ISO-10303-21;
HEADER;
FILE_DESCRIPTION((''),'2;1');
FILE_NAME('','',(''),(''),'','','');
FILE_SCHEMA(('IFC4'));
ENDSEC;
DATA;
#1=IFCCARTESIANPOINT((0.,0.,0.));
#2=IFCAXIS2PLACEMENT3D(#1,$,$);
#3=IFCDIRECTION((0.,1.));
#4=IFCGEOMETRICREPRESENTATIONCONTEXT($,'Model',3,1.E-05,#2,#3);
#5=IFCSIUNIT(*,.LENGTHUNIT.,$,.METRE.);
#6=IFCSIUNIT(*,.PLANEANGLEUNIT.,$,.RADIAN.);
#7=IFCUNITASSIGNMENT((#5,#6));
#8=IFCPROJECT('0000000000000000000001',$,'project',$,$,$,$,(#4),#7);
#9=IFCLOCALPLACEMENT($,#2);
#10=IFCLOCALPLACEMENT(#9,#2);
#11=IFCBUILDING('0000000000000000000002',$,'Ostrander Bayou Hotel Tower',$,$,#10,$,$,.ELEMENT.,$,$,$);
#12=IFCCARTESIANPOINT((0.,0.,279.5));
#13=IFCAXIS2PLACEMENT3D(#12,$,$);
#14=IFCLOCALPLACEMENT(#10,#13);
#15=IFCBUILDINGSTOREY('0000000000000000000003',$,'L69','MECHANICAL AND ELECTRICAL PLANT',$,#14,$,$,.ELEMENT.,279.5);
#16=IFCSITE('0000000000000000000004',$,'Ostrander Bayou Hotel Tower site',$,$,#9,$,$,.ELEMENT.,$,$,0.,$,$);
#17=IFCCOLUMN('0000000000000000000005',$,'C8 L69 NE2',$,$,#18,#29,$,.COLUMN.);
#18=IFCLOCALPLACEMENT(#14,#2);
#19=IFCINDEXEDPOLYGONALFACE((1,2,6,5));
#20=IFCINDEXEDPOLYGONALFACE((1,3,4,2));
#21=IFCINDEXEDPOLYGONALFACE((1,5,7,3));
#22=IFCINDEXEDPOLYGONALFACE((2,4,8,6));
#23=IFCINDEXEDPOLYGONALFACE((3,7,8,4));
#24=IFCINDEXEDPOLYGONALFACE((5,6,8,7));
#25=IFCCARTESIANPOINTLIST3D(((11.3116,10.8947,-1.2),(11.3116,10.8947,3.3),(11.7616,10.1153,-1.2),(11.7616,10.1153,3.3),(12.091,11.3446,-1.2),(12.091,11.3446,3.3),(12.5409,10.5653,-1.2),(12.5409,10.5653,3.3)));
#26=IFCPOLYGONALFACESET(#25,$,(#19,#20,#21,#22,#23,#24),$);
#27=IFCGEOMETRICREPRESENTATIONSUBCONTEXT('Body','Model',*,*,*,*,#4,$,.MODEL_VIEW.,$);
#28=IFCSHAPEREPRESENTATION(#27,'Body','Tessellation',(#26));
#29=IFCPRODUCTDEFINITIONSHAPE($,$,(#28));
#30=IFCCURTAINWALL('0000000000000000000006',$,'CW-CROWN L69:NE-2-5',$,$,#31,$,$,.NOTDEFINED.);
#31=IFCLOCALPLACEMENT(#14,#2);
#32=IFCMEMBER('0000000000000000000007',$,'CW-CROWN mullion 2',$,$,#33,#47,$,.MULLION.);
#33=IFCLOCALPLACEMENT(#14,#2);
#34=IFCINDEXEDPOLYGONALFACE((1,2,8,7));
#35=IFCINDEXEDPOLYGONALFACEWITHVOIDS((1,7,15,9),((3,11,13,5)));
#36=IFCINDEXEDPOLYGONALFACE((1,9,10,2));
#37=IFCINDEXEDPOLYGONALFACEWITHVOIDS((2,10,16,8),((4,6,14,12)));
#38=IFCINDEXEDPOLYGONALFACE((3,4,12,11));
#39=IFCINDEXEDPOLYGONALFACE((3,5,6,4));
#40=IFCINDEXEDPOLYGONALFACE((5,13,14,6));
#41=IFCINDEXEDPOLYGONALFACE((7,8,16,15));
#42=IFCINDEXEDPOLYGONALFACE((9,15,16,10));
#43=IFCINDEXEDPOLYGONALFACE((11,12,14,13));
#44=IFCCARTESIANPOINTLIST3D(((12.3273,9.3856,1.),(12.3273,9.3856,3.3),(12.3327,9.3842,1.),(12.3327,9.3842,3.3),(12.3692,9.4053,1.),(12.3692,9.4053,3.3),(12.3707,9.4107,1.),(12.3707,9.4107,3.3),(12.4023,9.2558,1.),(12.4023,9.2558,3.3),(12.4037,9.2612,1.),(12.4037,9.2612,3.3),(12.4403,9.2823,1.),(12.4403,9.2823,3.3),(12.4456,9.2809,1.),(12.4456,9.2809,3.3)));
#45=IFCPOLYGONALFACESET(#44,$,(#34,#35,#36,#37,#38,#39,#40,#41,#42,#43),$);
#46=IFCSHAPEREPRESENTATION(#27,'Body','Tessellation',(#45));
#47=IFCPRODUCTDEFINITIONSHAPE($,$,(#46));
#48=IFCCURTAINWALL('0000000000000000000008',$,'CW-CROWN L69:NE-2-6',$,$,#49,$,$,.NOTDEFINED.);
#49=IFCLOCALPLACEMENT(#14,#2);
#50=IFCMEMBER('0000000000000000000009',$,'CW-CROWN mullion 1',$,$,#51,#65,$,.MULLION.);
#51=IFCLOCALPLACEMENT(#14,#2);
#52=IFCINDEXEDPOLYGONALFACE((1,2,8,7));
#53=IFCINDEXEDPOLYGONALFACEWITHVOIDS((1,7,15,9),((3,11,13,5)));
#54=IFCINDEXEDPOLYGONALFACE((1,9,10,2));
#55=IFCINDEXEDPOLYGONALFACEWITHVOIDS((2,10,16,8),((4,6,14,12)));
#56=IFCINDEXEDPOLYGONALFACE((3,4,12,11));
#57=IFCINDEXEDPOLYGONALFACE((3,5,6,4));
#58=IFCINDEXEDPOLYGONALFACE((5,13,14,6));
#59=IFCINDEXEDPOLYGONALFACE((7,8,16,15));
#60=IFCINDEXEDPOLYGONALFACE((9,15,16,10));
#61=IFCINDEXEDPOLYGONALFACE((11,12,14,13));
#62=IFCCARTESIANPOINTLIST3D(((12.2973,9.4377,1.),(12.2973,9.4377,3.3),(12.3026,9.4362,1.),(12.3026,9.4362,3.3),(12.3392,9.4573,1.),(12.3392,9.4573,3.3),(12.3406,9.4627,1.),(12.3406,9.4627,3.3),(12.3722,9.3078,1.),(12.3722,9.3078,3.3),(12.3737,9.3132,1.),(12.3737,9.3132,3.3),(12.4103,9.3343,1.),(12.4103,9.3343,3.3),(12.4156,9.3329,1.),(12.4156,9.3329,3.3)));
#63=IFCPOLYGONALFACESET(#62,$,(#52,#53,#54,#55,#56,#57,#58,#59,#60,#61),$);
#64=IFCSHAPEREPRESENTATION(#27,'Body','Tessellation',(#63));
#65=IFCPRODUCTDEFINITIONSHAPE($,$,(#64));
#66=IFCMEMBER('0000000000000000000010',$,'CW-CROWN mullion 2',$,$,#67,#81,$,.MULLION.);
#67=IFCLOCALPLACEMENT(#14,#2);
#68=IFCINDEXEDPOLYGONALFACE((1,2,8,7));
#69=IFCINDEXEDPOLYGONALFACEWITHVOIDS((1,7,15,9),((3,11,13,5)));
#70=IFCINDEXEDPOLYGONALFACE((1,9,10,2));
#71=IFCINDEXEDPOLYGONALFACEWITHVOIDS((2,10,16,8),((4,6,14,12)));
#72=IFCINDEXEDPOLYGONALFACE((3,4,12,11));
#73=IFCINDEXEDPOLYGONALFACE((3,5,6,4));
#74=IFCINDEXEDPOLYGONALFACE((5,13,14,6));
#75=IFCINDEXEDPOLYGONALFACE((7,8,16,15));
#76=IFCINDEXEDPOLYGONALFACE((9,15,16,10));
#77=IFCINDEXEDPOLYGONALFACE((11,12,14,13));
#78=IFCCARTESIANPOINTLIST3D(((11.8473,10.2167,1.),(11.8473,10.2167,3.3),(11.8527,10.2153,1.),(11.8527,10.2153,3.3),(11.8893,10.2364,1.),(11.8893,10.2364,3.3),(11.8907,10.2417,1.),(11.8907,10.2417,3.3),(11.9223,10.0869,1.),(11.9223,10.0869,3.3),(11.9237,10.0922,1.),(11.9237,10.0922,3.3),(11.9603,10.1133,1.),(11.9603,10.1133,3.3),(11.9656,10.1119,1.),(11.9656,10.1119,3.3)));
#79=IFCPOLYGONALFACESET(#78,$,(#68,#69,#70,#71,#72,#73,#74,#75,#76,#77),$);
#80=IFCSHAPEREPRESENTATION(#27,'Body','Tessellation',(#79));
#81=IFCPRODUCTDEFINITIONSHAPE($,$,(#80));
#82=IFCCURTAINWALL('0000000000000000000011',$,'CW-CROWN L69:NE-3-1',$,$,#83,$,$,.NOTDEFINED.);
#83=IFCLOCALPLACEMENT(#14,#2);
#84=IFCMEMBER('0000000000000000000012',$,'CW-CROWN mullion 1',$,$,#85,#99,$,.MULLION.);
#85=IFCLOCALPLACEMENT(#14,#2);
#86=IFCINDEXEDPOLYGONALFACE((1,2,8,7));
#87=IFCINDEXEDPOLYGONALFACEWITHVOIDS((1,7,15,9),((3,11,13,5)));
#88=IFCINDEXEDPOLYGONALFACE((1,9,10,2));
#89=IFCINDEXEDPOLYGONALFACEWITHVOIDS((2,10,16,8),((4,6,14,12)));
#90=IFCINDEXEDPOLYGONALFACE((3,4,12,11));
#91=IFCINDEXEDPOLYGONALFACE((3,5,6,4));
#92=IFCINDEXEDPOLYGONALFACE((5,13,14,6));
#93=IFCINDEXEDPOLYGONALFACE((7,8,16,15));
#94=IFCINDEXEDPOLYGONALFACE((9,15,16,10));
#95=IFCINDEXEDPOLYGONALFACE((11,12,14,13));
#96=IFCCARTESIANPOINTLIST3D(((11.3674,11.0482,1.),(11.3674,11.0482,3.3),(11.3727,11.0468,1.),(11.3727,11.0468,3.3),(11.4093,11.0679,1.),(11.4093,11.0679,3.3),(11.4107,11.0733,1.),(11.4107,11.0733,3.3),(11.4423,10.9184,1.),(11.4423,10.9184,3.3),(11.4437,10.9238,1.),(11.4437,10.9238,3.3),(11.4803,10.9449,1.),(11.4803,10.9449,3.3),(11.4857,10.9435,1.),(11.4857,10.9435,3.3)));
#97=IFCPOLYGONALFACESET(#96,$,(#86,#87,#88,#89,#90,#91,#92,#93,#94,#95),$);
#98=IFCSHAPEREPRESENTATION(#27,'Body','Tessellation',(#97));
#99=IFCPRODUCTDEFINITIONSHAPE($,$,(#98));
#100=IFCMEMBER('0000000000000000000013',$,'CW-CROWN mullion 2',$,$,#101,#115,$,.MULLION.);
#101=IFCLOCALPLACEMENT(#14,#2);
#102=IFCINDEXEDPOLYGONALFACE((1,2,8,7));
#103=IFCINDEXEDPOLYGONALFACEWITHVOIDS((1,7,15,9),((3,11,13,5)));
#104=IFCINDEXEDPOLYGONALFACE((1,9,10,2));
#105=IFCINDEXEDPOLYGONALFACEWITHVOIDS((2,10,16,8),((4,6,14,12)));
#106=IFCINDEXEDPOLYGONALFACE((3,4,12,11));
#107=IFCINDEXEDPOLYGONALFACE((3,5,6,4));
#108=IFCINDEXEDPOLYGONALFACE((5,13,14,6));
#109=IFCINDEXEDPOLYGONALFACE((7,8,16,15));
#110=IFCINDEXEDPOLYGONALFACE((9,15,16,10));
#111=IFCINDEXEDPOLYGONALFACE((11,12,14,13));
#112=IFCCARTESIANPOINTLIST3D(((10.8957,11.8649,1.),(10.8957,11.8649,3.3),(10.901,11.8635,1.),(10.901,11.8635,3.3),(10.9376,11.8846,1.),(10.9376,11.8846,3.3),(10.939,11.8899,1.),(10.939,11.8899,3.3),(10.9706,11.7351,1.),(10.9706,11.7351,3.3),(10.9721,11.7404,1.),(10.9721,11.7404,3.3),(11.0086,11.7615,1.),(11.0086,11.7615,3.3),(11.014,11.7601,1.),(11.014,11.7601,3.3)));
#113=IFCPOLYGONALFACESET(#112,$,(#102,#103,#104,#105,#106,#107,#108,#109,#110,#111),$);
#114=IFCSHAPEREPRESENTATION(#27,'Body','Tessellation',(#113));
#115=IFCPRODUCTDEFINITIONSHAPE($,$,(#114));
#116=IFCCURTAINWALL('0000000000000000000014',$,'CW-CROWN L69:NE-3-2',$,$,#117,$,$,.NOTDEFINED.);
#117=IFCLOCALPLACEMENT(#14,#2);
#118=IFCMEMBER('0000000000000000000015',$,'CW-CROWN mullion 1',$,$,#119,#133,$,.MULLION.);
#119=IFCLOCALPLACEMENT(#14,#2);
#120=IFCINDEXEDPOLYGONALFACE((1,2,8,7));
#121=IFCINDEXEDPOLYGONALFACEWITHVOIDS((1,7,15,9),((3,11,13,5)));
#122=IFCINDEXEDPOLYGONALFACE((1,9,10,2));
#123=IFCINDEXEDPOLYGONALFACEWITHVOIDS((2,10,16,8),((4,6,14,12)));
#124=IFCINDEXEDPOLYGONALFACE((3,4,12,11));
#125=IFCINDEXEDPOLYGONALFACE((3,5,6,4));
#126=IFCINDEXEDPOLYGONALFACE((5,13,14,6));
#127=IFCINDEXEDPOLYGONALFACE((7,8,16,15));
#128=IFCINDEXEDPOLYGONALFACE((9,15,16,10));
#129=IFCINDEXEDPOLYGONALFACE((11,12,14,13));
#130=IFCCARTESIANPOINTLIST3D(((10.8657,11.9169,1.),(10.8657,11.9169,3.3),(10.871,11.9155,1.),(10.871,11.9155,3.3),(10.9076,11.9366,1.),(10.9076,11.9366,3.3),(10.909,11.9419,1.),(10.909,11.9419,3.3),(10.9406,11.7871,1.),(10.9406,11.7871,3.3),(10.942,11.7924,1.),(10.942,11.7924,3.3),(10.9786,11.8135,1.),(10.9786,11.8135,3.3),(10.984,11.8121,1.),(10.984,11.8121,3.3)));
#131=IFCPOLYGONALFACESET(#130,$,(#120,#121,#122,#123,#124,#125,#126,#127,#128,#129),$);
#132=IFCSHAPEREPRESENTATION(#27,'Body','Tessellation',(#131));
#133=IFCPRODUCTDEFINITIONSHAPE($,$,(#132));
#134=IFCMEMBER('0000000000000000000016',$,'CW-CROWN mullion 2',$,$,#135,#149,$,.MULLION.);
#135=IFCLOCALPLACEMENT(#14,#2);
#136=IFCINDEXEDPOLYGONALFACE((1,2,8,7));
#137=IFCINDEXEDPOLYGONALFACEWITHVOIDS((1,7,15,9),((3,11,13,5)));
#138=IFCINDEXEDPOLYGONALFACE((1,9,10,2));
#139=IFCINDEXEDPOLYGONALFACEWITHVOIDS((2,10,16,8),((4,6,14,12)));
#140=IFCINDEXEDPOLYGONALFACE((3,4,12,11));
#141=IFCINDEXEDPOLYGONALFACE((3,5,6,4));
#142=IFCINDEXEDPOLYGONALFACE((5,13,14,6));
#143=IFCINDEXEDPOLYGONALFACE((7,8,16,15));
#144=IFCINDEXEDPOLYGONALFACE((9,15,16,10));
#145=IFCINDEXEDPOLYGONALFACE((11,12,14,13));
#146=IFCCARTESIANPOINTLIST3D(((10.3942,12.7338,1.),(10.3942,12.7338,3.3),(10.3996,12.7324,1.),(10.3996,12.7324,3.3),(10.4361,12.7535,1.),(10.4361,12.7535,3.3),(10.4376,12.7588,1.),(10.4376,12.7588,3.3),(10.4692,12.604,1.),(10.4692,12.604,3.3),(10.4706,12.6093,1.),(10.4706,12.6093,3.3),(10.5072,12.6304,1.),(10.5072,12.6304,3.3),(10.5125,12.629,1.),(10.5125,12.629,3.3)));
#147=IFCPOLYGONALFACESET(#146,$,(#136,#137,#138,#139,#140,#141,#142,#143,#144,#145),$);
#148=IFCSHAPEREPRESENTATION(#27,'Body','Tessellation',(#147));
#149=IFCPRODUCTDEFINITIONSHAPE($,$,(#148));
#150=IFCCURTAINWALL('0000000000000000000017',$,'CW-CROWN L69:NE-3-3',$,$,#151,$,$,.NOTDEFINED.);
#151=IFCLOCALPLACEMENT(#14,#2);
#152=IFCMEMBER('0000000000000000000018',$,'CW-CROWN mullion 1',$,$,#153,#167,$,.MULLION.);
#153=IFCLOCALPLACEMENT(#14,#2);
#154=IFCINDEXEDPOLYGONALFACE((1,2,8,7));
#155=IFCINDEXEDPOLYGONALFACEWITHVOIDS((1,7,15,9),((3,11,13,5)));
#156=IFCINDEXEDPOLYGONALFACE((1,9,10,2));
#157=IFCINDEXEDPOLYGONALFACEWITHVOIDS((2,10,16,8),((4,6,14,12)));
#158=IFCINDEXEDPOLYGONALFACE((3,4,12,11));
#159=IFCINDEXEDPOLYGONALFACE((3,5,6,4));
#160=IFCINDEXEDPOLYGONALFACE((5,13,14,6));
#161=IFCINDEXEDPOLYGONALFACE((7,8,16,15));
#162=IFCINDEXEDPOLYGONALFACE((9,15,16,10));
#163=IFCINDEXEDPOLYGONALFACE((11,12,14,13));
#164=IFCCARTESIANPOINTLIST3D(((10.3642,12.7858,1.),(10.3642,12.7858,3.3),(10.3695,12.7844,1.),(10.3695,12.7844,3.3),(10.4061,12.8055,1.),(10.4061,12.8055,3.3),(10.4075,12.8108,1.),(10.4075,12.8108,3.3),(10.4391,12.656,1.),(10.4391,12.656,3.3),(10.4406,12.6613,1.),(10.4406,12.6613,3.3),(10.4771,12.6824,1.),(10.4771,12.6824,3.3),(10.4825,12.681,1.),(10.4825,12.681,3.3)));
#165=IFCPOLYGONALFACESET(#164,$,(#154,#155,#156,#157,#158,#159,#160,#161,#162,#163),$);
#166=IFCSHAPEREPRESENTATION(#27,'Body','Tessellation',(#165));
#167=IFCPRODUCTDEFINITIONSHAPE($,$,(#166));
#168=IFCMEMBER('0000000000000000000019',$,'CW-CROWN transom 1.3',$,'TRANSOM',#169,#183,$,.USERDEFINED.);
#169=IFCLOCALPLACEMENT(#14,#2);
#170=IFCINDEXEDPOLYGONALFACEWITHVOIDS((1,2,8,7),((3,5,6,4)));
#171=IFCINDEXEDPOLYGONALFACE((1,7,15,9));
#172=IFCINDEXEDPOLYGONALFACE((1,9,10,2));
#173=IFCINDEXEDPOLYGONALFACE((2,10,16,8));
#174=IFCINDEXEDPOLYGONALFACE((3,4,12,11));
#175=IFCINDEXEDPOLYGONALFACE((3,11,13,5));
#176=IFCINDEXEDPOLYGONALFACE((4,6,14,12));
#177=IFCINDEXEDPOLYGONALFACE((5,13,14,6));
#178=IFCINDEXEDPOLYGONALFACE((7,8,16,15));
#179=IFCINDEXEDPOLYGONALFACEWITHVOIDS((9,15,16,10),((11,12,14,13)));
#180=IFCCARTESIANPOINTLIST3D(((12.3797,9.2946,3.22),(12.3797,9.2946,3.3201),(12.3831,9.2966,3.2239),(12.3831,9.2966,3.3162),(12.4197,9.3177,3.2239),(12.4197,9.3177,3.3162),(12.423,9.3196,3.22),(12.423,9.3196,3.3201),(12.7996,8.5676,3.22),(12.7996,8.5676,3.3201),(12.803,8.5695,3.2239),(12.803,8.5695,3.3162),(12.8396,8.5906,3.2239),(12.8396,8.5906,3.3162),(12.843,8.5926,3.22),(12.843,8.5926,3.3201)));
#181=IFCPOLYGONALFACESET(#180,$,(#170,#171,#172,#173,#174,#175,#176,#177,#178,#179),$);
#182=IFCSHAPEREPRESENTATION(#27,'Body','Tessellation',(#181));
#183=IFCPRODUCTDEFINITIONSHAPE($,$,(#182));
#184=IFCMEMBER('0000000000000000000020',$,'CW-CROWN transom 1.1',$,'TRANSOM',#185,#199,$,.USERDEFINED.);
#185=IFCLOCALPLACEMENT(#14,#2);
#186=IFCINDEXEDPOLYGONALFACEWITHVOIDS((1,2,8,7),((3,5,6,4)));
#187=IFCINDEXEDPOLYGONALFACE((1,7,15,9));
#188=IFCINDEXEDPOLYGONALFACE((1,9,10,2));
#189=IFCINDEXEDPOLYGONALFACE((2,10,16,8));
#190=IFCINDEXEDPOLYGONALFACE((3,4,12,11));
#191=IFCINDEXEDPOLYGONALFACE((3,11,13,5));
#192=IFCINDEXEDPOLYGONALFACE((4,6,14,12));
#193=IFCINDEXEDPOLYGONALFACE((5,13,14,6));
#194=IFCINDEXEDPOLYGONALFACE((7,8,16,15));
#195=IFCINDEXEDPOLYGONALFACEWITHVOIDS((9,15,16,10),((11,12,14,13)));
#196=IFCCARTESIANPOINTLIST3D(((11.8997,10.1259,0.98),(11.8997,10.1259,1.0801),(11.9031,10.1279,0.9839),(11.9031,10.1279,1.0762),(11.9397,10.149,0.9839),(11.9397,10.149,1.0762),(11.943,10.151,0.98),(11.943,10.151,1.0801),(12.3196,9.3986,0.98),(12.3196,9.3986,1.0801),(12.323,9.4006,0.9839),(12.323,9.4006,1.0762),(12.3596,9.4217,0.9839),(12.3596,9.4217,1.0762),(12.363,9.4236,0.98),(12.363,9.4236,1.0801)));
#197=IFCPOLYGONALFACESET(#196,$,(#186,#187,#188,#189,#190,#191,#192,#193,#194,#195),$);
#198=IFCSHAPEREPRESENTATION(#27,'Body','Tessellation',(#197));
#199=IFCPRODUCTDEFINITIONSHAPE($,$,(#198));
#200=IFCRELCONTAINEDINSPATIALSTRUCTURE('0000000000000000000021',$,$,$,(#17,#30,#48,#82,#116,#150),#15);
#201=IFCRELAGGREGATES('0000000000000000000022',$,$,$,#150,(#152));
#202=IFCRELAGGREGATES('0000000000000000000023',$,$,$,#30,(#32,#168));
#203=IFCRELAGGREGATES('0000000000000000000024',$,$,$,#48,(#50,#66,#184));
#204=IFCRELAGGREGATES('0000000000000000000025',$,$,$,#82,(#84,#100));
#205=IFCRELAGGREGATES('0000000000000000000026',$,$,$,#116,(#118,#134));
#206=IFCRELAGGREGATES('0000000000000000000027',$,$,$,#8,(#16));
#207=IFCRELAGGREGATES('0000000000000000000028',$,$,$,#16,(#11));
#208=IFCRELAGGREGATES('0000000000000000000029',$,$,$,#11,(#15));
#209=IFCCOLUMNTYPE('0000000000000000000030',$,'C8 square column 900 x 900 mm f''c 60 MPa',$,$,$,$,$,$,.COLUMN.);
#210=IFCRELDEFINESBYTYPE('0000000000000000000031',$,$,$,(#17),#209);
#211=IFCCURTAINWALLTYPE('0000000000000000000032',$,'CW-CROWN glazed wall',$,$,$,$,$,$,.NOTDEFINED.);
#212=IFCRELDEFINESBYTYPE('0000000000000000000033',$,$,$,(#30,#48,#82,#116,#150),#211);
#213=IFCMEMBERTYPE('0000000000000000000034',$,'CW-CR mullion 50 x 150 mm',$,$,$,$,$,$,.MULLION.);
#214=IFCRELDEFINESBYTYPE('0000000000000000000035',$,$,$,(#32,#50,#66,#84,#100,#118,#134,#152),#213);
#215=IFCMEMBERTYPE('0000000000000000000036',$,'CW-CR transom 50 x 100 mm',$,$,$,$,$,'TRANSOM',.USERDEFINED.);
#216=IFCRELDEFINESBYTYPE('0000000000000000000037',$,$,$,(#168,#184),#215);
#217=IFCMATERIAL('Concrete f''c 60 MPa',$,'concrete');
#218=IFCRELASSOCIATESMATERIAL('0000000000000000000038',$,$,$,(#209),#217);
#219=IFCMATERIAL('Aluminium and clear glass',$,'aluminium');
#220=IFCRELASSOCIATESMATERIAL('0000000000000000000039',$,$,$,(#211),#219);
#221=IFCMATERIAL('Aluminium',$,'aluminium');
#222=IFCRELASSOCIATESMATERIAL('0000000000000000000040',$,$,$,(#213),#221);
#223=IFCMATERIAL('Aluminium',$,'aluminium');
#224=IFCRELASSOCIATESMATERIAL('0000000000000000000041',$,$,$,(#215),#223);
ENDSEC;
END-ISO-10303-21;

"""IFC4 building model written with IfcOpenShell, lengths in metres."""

from ifc_helpers import new_model, si_unit, direction, frame, origin, origin_2d, place, context, subcontext, project, spatial, rectangle, hollow_rectangle, extrude, material, material_profile, profile_set, type_object, element, aggregate, save


model = new_model("IFC4")

# Units and contexts
model_context = context("Model", 3, precision=1e-05, world=origin(), true_north=direction((0.0, 1.0)))
body_context = subcontext(model_context, "Body", "Model", "MODEL_VIEW")
ifc_project = project(units=[si_unit("LENGTHUNIT", "METRE"), si_unit("PLANEANGLEUNIT", "RADIAN")], contexts=[model_context])

# Site, building, storey
site_placement = place(None, origin())
site = spatial("IfcSite", under=ifc_project, at=site_placement, Name="Ostrander Bayou Hotel Tower site", CompositionType="ELEMENT", RefElevation=0.0)
building_placement = place(site_placement, origin())
building = spatial("IfcBuilding", under=site, at=building_placement, Name="Ostrander Bayou Hotel Tower", CompositionType="ELEMENT")
storey_placement = place(building_placement, frame((0.0, 0.0, 279.5)))
storey = spatial("IfcBuildingStorey", under=building, at=storey_placement, Name="L69", Description="MECHANICAL AND ELECTRICAL PLANT", CompositionType="ELEMENT", Elevation=279.5)

# Column
ifc_material_1 = material(Name="Concrete f'c 60 MPa", Category="concrete")
ifc_material_profile_1 = material_profile(ifc_material_1, rectangle(XDim=0.8999, YDim=0.8999, at=origin_2d()))
ifc_profile_set_1 = profile_set([ifc_material_profile_1], Name="Concrete f'c 60 MPa")
column_type = type_object("IfcColumnType", Name="C8 square column 900 x 900 mm f'c 60 MPa", PredefinedType="COLUMN", material=ifc_profile_set_1)
column_placement = place(storey_placement, frame((11.9263, 10.73, -1.2), z_axis=(0.0, 0.0, 1.0), x_axis=(0.5, -0.866025, 0.0)))
element("IfcColumn", 1, at=column_placement, inside=storey, type_object=column_type, Name="C8 L69 NE2", PredefinedType="COLUMN", context=body_context, shape_type="SweptSolid", body=[
    extrude(rectangle(XDim=0.8999, YDim=0.8999, at=origin_2d()), origin(), (0.0, 0.0, 1.0), 4.5),
])

# Curtain wall, member
ifc_material_2 = material(Name="Aluminium and clear glass", Category="aluminium")
curtain_wall_type = type_object("IfcCurtainWallType", Name="CW-CROWN glazed wall", PredefinedType="NOTDEFINED", material=ifc_material_2)
curtain_wall_1_placement = place(storey_placement, origin())
curtain_wall_1 = element("IfcCurtainWall", 2, at=curtain_wall_1_placement, inside=storey, type_object=curtain_wall_type, Name="CW-CROWN L69:NE-2-5", PredefinedType="NOTDEFINED")
ifc_material_3 = material(Name="Aluminium", Category="aluminium")
ifc_material_profile_2 = material_profile(ifc_material_3, hollow_rectangle(XDim=0.05, YDim=0.1499, WallThickness=0.0039, at=origin_2d()))
ifc_profile_set_2 = profile_set([ifc_material_profile_2], Name="Aluminium")
member_type_1 = type_object("IfcMemberType", Name="CW-CR mullion 50 x 150 mm", PredefinedType="MULLION", material=ifc_profile_set_2)
member_1_placement = place(storey_placement, frame((12.3865, 9.3333, 1.0), z_axis=(0.0, 0.0, 1.0), x_axis=(-0.866022, -0.500005, 0.0)))
member_1 = element("IfcMember", 3, at=member_1_placement, type_object=member_type_1, Name="CW-CROWN mullion 2", PredefinedType="MULLION", context=body_context, shape_type="SweptSolid", body=[
    extrude(hollow_rectangle(XDim=0.05, YDim=0.1499, WallThickness=0.0039, at=origin_2d()), origin(), (0.0, 0.0, 1.0), 2.3),
])

# Curtain walls, members
curtain_wall_2_placement = place(storey_placement, origin())
curtain_wall_2 = element("IfcCurtainWall", 4, at=curtain_wall_2_placement, inside=storey, type_object=curtain_wall_type, Name="CW-CROWN L69:NE-2-6", PredefinedType="NOTDEFINED")
member_2_placement = place(storey_placement, frame((12.3564, 9.3853, 1.0), z_axis=(0.0, 0.0, 1.0), x_axis=(-0.866022, -0.500005, 0.0)))
member_2 = element("IfcMember", 5, at=member_2_placement, type_object=member_type_1, Name="CW-CROWN mullion 1", PredefinedType="MULLION", context=body_context, shape_type="SweptSolid", body=[
    extrude(hollow_rectangle(XDim=0.05, YDim=0.1499, WallThickness=0.0039, at=origin_2d()), origin(), (0.0, 0.0, 1.0), 2.3),
])
member_3_placement = place(storey_placement, frame((11.9065, 10.1643, 1.0), z_axis=(0.0, 0.0, 1.0), x_axis=(-0.866022, -0.500005, 0.0)))
member_3 = element("IfcMember", 6, at=member_3_placement, type_object=member_type_1, Name="CW-CROWN mullion 2", PredefinedType="MULLION", context=body_context, shape_type="SweptSolid", body=[
    extrude(hollow_rectangle(XDim=0.05, YDim=0.1499, WallThickness=0.0039, at=origin_2d()), origin(), (0.0, 0.0, 1.0), 2.3),
])
curtain_wall_3_placement = place(storey_placement, origin())
curtain_wall_3 = element("IfcCurtainWall", 7, at=curtain_wall_3_placement, inside=storey, type_object=curtain_wall_type, Name="CW-CROWN L69:NE-3-1", PredefinedType="NOTDEFINED")
member_4_placement = place(storey_placement, frame((11.4265, 10.9958, 1.0), z_axis=(0.0, 0.0, 1.0), x_axis=(-0.866026, -0.499999, 0.0)))
member_4 = element("IfcMember", 8, at=member_4_placement, type_object=member_type_1, Name="CW-CROWN mullion 1", PredefinedType="MULLION", context=body_context, shape_type="SweptSolid", body=[
    extrude(hollow_rectangle(XDim=0.05, YDim=0.1499, WallThickness=0.0039, at=origin_2d()), origin(), (0.0, 0.0, 1.0), 2.3),
])
member_5_placement = place(storey_placement, frame((10.9548, 11.8125, 1.0), z_axis=(0.0, 0.0, 1.0), x_axis=(-0.866026, -0.499999, 0.0)))
member_5 = element("IfcMember", 9, at=member_5_placement, type_object=member_type_1, Name="CW-CROWN mullion 2", PredefinedType="MULLION", context=body_context, shape_type="SweptSolid", body=[
    extrude(hollow_rectangle(XDim=0.05, YDim=0.1499, WallThickness=0.0039, at=origin_2d()), origin(), (0.0, 0.0, 1.0), 2.3),
])
curtain_wall_4_placement = place(storey_placement, origin())
curtain_wall_4 = element("IfcCurtainWall", 10, at=curtain_wall_4_placement, inside=storey, type_object=curtain_wall_type, Name="CW-CROWN L69:NE-3-2", PredefinedType="NOTDEFINED")
member_6_placement = place(storey_placement, frame((10.9248, 11.8645, 1.0), z_axis=(0.0, 0.0, 1.0), x_axis=(-0.866001, -0.500042, 0.0)))
member_6 = element("IfcMember", 11, at=member_6_placement, type_object=member_type_1, Name="CW-CROWN mullion 1", PredefinedType="MULLION", context=body_context, shape_type="SweptSolid", body=[
    extrude(hollow_rectangle(XDim=0.05, YDim=0.1499, WallThickness=0.0039, at=origin_2d()), origin(), (0.0, 0.0, 1.0), 2.3),
])
member_7_placement = place(storey_placement, frame((10.4534, 12.6814, 1.0), z_axis=(0.0, 0.0, 1.0), x_axis=(-0.866001, -0.500042, 0.0)))
member_7 = element("IfcMember", 12, at=member_7_placement, type_object=member_type_1, Name="CW-CROWN mullion 2", PredefinedType="MULLION", context=body_context, shape_type="SweptSolid", body=[
    extrude(hollow_rectangle(XDim=0.05, YDim=0.1499, WallThickness=0.0039, at=origin_2d()), origin(), (0.0, 0.0, 1.0), 2.3),
])

# Curtain wall, member
curtain_wall_5_placement = place(storey_placement, origin())
curtain_wall_5 = element("IfcCurtainWall", 13, at=curtain_wall_5_placement, inside=storey, type_object=curtain_wall_type, Name="CW-CROWN L69:NE-3-3", PredefinedType="NOTDEFINED")
member_8_placement = place(storey_placement, frame((10.4233, 12.7334, 1.0), z_axis=(0.0, 0.0, 1.0), x_axis=(-0.866069, -0.499924, 0.0)))
member_8 = element("IfcMember", 14, at=member_8_placement, type_object=member_type_1, Name="CW-CROWN mullion 1", PredefinedType="MULLION", context=body_context, shape_type="SweptSolid", body=[
    extrude(hollow_rectangle(XDim=0.05, YDim=0.1499, WallThickness=0.0039, at=origin_2d()), origin(), (0.0, 0.0, 1.0), 2.3),
])
aggregate(curtain_wall_5, [member_8])

# Members
ifc_material_4 = material(Name="Aluminium", Category="aluminium")
ifc_material_profile_3 = material_profile(ifc_material_4, hollow_rectangle(XDim=0.05, YDim=0.1001, WallThickness=0.0039, at=origin_2d()))
ifc_profile_set_3 = profile_set([ifc_material_profile_3], Name="Aluminium")
member_type_2 = type_object("IfcMemberType", Name="CW-CR transom 50 x 100 mm", ElementType="TRANSOM", PredefinedType="USERDEFINED", material=ifc_profile_set_3)
member_9_placement = place(storey_placement, frame((12.8213, 8.5801, 3.27), z_axis=(-0.500142, 0.865943, 0.0), x_axis=(-0.865943, -0.500142, 0.0)))
member_9 = element("IfcMember", 15, at=member_9_placement, type_object=member_type_2, Name="CW-CROWN transom 1.3", ObjectType="TRANSOM", PredefinedType="USERDEFINED", context=body_context, shape_type="SweptSolid", body=[
    extrude(hollow_rectangle(XDim=0.05, YDim=0.1001, WallThickness=0.0039, at=origin_2d()), origin(), (0.0, 0.0, 1.0), 0.8396),
])
member_10_placement = place(storey_placement, frame((12.3413, 9.4111, 1.03), z_axis=(-0.500016, 0.866016, 0.0), x_axis=(-0.866016, -0.500016, 0.0)))
member_10 = element("IfcMember", 16, at=member_10_placement, type_object=member_type_2, Name="CW-CROWN transom 1.1", ObjectType="TRANSOM", PredefinedType="USERDEFINED", context=body_context, shape_type="SweptSolid", body=[
    extrude(hollow_rectangle(XDim=0.05, YDim=0.1001, WallThickness=0.0039, at=origin_2d()), origin(), (0.0, 0.0, 1.0), 0.8398),
])

aggregate(curtain_wall_1, [member_1, member_9])
aggregate(curtain_wall_2, [member_2, member_3, member_10])
aggregate(curtain_wall_3, [member_4, member_5])
aggregate(curtain_wall_4, [member_6, member_7])

save(model, "model.ifc")
